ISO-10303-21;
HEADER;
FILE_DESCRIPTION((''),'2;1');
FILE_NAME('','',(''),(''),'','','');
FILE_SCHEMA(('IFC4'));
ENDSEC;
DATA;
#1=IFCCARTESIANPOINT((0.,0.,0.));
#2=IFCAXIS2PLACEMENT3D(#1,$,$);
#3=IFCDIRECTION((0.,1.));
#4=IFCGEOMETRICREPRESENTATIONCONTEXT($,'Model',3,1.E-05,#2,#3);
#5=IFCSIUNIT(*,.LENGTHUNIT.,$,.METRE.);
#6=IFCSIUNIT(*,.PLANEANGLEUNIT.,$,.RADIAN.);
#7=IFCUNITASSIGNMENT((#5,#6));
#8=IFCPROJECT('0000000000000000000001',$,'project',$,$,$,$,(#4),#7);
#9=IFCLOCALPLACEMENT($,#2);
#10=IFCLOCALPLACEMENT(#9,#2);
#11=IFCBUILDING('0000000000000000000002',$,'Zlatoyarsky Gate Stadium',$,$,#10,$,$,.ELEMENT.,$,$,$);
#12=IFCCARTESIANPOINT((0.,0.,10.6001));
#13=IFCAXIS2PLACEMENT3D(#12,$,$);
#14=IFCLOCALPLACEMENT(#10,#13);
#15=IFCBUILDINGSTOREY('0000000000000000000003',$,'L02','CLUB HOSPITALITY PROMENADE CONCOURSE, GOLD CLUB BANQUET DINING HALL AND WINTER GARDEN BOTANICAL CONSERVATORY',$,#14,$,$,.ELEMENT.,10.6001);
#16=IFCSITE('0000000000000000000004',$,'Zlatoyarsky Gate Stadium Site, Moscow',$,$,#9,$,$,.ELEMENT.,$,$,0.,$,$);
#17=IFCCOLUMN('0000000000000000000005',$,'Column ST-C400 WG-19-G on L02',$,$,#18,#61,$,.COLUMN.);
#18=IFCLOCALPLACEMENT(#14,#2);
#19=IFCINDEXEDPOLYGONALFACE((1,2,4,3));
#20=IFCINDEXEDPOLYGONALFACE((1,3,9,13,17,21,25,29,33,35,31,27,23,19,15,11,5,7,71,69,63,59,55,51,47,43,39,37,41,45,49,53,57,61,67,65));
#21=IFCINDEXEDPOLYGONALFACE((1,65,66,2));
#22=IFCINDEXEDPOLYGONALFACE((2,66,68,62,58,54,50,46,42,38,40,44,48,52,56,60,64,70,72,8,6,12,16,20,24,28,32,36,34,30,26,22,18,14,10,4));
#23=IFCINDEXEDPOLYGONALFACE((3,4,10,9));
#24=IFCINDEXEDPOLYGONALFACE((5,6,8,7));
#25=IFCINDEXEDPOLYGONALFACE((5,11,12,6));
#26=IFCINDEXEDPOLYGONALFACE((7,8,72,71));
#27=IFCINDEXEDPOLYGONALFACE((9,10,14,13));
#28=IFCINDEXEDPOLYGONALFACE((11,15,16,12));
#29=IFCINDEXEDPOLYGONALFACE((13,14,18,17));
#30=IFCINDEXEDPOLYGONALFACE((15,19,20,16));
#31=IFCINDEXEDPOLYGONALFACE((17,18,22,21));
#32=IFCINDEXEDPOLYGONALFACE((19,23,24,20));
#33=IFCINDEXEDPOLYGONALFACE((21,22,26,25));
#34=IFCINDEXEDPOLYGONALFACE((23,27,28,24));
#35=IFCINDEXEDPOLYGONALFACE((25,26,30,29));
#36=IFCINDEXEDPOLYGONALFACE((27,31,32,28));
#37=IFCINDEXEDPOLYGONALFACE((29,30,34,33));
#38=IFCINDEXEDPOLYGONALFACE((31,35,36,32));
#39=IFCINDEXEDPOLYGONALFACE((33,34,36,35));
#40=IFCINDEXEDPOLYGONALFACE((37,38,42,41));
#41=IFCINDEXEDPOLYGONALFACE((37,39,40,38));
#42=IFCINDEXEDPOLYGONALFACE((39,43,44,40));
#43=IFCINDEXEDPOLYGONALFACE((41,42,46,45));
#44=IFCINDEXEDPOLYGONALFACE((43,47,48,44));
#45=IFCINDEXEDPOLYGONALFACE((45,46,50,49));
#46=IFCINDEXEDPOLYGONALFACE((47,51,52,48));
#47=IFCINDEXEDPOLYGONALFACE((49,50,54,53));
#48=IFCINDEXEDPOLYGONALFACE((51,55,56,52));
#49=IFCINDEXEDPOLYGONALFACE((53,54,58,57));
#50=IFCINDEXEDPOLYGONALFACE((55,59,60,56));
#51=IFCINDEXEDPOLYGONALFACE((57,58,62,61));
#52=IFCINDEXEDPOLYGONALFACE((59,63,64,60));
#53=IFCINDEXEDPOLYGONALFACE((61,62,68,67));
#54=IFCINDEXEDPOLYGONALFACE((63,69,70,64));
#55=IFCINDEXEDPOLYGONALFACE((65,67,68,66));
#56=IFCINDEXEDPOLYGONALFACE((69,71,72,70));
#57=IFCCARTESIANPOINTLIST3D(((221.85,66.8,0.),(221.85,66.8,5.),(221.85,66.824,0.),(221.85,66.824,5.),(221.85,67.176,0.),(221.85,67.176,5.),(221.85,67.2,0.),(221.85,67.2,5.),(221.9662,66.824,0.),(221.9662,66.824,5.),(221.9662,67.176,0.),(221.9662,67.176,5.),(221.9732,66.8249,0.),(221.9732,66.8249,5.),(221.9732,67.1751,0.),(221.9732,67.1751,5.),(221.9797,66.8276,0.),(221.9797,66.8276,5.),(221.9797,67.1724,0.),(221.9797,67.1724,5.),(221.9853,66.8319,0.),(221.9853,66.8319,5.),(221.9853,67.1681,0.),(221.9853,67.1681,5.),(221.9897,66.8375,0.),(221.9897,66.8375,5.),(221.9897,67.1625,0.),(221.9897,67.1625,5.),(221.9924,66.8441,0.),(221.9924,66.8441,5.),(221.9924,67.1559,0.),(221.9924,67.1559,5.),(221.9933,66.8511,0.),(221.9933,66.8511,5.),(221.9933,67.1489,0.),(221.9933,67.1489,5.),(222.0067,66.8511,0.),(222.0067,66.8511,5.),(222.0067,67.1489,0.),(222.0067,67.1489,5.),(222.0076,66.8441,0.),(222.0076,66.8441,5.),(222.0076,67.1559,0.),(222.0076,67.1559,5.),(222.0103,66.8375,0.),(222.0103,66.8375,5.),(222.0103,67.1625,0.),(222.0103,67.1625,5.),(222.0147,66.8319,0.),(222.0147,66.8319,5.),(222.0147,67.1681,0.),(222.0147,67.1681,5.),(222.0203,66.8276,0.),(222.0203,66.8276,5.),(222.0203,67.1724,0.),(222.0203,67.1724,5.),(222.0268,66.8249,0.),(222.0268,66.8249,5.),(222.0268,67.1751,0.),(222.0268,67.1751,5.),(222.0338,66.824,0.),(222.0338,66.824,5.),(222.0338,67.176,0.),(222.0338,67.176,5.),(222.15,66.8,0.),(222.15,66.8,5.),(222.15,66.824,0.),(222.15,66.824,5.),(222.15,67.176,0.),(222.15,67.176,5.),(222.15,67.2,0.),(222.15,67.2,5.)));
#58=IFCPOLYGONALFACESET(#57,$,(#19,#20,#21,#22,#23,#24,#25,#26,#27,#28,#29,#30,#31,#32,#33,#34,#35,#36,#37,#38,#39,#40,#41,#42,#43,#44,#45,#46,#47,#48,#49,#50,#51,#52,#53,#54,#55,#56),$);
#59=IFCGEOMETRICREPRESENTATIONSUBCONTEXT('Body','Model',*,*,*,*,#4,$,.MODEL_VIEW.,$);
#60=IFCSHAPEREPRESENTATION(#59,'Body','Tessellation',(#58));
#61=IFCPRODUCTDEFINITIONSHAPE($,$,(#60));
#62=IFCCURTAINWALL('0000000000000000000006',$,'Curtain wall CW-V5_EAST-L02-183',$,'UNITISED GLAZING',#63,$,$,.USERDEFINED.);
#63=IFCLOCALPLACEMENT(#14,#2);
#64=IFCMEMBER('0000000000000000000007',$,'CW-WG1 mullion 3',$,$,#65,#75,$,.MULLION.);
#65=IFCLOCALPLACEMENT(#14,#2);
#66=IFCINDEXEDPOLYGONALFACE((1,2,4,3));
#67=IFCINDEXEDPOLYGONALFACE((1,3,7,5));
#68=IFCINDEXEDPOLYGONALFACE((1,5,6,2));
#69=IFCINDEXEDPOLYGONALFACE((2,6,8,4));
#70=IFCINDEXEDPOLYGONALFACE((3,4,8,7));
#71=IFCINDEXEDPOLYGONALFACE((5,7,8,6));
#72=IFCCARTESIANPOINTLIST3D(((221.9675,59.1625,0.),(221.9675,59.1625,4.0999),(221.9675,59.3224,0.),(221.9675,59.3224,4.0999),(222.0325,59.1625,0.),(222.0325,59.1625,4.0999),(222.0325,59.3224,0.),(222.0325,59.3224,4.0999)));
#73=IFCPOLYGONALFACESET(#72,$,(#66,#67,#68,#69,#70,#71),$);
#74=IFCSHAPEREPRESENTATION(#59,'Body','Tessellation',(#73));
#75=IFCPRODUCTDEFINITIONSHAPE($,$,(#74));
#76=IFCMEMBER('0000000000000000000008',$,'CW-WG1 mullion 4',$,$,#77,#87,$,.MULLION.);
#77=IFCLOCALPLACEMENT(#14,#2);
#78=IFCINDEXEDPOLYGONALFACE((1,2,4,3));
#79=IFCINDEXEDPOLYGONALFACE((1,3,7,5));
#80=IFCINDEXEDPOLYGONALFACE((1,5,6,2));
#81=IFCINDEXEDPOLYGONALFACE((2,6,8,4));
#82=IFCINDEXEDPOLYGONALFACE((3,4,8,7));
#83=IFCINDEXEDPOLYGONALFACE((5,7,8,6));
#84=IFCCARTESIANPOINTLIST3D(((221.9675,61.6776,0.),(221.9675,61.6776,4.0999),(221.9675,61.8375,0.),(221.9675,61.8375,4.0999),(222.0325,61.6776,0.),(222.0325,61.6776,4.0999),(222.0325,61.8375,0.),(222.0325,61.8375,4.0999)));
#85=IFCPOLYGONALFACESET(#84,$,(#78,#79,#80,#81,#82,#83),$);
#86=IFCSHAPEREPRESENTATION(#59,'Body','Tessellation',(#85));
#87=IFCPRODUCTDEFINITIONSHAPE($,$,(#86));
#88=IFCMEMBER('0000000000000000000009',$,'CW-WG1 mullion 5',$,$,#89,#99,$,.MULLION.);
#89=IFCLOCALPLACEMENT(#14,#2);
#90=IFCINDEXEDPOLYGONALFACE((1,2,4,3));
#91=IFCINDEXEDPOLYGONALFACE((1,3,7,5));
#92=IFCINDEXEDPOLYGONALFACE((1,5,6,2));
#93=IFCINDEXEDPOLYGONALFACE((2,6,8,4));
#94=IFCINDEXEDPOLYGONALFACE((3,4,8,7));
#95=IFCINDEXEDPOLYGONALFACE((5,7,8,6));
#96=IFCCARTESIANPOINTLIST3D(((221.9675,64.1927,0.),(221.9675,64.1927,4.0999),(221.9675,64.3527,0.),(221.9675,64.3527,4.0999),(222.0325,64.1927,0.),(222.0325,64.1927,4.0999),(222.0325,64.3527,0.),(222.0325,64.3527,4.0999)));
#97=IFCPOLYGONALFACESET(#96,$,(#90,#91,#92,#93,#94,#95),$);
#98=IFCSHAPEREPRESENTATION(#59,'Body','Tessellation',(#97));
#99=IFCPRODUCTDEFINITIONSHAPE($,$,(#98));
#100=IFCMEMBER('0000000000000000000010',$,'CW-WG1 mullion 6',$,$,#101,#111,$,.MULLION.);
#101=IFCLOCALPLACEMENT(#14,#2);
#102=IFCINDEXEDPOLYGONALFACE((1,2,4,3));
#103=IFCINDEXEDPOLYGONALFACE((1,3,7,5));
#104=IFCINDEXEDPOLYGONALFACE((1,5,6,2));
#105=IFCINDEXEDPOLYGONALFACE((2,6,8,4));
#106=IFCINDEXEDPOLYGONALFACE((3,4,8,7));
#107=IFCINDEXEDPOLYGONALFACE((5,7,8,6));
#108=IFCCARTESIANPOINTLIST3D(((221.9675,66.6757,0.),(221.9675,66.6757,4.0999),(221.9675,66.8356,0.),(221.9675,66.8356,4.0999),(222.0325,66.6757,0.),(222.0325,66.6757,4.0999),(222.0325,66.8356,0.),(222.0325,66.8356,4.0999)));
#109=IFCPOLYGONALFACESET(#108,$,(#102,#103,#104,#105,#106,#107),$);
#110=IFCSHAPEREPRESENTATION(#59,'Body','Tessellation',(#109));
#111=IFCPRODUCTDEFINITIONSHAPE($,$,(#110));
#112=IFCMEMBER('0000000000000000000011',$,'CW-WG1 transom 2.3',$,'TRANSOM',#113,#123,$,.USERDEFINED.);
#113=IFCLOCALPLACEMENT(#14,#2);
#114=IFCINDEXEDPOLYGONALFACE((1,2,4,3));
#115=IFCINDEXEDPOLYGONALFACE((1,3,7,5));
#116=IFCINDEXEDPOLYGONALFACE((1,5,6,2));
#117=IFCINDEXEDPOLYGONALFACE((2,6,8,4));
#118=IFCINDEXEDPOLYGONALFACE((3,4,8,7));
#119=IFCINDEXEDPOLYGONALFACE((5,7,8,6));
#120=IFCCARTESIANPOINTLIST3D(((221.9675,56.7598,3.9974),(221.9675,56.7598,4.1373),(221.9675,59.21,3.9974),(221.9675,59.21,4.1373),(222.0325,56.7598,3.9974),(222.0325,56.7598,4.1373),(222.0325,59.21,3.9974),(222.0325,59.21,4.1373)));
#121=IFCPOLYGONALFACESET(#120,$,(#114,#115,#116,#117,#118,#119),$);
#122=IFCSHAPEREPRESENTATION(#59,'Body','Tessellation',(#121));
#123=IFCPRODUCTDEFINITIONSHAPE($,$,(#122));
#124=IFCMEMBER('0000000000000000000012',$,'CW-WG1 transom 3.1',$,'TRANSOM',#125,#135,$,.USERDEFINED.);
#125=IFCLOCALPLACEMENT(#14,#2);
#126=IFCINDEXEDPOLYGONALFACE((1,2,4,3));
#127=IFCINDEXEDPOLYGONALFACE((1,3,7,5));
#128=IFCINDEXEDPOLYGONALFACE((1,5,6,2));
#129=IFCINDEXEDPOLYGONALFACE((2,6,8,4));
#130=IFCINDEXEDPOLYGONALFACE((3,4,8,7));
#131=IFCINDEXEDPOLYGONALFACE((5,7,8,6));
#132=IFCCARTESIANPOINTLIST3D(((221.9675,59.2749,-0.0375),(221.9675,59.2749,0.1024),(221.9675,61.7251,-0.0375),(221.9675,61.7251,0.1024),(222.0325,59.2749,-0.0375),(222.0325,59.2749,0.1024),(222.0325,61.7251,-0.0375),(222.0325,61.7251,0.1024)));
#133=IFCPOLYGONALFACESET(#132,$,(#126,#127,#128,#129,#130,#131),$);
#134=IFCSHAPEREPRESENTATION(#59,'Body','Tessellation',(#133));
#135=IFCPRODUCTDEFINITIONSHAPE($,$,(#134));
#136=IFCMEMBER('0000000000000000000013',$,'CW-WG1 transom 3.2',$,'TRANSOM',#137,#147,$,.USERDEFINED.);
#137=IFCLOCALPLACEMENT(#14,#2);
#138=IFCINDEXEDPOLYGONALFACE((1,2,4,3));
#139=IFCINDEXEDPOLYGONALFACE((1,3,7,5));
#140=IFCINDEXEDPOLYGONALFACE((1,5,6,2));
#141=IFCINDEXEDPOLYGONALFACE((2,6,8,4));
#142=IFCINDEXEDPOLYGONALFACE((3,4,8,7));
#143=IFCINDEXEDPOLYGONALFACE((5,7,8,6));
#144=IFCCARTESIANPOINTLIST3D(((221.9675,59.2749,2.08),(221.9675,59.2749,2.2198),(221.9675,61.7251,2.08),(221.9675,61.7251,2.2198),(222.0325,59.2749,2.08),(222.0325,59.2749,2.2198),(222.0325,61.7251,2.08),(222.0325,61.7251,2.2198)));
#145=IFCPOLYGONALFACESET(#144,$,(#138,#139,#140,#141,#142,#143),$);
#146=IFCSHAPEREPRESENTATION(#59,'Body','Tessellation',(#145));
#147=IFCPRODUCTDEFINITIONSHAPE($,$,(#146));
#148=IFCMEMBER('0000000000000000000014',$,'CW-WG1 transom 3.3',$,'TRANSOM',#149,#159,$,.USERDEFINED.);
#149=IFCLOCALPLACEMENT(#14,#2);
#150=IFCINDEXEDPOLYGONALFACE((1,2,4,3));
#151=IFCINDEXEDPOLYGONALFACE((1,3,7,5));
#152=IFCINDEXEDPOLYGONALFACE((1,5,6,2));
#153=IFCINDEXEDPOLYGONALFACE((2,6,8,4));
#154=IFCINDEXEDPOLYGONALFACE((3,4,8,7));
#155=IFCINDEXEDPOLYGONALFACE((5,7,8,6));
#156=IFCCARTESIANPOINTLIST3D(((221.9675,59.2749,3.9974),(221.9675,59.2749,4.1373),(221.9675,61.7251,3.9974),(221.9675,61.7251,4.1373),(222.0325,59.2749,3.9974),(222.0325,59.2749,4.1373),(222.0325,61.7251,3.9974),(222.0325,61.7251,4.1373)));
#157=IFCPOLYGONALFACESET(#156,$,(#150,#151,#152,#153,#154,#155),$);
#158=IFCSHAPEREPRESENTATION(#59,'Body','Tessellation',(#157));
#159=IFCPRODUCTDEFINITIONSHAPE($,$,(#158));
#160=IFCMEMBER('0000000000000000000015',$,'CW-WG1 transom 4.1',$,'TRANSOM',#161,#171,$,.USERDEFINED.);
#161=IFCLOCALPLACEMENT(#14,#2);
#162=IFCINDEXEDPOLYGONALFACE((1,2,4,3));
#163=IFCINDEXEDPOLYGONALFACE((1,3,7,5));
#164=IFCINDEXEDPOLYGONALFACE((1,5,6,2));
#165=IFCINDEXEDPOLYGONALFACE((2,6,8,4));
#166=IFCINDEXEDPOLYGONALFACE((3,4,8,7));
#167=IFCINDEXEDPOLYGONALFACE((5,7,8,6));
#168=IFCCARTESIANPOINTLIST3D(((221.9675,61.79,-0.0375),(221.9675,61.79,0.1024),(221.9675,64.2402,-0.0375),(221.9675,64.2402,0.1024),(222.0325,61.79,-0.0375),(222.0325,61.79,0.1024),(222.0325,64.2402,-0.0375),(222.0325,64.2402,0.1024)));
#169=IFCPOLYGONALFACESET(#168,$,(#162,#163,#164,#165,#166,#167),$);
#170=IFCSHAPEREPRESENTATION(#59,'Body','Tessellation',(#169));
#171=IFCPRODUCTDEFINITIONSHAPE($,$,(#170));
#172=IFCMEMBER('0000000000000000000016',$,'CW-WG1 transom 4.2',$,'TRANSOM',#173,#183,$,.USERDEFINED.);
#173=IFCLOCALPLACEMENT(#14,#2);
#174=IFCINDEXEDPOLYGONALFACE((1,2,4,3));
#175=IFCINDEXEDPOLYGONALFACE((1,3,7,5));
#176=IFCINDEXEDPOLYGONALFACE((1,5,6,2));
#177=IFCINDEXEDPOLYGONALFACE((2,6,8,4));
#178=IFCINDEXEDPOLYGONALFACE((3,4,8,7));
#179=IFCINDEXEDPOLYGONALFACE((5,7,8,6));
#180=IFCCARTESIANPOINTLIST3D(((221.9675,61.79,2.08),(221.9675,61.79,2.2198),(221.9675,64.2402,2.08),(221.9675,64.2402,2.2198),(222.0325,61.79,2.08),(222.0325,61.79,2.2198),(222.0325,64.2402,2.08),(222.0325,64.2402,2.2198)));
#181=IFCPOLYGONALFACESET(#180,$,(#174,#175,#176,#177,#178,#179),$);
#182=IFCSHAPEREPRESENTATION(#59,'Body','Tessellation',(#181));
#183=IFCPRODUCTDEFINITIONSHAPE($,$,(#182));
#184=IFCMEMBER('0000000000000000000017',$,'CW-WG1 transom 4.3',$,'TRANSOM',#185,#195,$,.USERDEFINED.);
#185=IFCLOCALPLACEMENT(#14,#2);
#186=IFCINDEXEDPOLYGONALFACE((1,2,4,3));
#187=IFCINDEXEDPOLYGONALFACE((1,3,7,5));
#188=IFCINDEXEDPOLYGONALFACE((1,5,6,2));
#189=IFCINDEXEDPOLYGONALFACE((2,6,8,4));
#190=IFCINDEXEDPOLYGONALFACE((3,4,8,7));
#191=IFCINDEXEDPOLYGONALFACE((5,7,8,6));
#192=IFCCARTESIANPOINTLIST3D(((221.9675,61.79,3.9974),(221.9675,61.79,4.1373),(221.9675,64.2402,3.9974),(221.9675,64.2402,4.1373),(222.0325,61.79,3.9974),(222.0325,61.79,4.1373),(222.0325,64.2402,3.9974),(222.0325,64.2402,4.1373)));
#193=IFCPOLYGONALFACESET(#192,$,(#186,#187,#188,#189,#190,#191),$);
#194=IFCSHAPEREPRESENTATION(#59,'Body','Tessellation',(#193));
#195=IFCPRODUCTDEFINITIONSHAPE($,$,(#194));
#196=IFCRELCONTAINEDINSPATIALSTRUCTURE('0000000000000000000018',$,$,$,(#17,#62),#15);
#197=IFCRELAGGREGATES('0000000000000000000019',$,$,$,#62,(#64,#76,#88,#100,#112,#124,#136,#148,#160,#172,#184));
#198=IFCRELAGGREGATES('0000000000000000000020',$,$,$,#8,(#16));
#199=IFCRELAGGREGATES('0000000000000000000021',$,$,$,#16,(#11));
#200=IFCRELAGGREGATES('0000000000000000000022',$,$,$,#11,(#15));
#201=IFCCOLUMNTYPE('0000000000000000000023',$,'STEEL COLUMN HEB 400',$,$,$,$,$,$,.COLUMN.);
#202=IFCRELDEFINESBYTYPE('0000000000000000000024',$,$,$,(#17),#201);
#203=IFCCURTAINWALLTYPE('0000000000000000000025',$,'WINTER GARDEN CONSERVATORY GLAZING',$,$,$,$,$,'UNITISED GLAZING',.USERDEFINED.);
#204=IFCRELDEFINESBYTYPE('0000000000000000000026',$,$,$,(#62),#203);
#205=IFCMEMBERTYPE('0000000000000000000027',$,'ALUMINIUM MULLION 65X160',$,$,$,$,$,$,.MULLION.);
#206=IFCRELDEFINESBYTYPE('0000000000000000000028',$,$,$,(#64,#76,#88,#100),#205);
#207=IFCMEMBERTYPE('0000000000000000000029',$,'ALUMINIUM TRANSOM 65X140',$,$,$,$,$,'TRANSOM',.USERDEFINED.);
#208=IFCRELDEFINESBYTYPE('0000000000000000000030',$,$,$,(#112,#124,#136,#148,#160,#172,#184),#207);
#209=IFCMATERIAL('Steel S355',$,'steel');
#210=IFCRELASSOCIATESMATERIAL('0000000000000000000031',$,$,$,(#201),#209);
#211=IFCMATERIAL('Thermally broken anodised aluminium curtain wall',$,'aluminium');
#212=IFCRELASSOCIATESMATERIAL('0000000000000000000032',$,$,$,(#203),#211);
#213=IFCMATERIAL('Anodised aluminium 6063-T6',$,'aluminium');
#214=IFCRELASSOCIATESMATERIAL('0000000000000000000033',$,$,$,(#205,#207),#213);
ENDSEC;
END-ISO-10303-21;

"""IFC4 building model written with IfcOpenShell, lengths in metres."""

from ifc_helpers import new_model, si_unit, direction, frame, origin, origin_2d, place, context, subcontext, project, spatial, rectangle, i_section, extrude, material, material_profile, profile_set, type_object, element, aggregate, save


model = new_model("IFC4")

# Units and contexts
model_context = context("Model", 3, precision=1e-05, world=origin(), true_north=direction((0.0, 1.0)))
body_context = subcontext(model_context, "Body", "Model", "MODEL_VIEW")
ifc_project = project(units=[si_unit("LENGTHUNIT", "METRE"), si_unit("PLANEANGLEUNIT", "RADIAN")], contexts=[model_context])

# Site, building, storey
site_placement = place(None, origin())
site = spatial("IfcSite", under=ifc_project, at=site_placement, Name="Zlatoyarsky Gate Stadium Site, Moscow", CompositionType="ELEMENT", RefElevation=0.0)
building_placement = place(site_placement, origin())
building = spatial("IfcBuilding", under=site, at=building_placement, Name="Zlatoyarsky Gate Stadium", CompositionType="ELEMENT")
storey_placement = place(building_placement, frame((0.0, 0.0, 10.6001)))
storey = spatial("IfcBuildingStorey", under=building, at=storey_placement, Name="L02", Description="CLUB HOSPITALITY PROMENADE CONCOURSE, GOLD CLUB BANQUET DINING HALL AND WINTER GARDEN BOTANICAL CONSERVATORY", CompositionType="ELEMENT", Elevation=10.6001)

# Column
ifc_material_1 = material(Name="Steel S355", Category="steel")
ifc_material_profile_1 = material_profile(ifc_material_1, i_section(OverallWidth=0.3, OverallDepth=0.3999, WebThickness=0.0134, FlangeThickness=0.0239, FilletRadius=0.0271, at=origin_2d()), Name="HEB 400")
ifc_profile_set_1 = profile_set([ifc_material_profile_1], Name="Steel S355")
column_type = type_object("IfcColumnType", Name="STEEL COLUMN HEB 400", PredefinedType="COLUMN", material=ifc_profile_set_1)
column_placement = place(storey_placement, frame((222.0, 67.0, 0.0), z_axis=(0.0, 0.0, 1.0), x_axis=(1.0, 0.0, 0.0)))
element("IfcColumn", 1, at=column_placement, inside=storey, type_object=column_type, Name="Column ST-C400 WG-19-G on L02", PredefinedType="COLUMN", context=body_context, shape_type="SweptSolid", body=[
    extrude(i_section(OverallWidth=0.3, OverallDepth=0.3999, WebThickness=0.0134, FlangeThickness=0.0239, FilletRadius=0.0271, at=origin_2d()), origin(), (0.0, 0.0, 1.0), 5.0),
])

# Curtain wall, members
ifc_material_2 = material(Name="Thermally broken anodised aluminium curtain wall", Category="aluminium")
curtain_wall_type = type_object("IfcCurtainWallType", Name="WINTER GARDEN CONSERVATORY GLAZING", ElementType="UNITISED GLAZING", PredefinedType="USERDEFINED", material=ifc_material_2)
curtain_wall_placement = place(storey_placement, origin())
curtain_wall = element("IfcCurtainWall", 2, at=curtain_wall_placement, inside=storey, type_object=curtain_wall_type, Name="Curtain wall CW-V5_EAST-L02-183", ObjectType="UNITISED GLAZING", PredefinedType="USERDEFINED")
ifc_material_3 = material(Name="Anodised aluminium 6063-T6", Category="aluminium")
ifc_material_profile_2 = material_profile(ifc_material_3, rectangle(XDim=0.0649, YDim=0.1599, at=origin_2d()), Name="ALU 65X160")
ifc_profile_set_2 = profile_set([ifc_material_profile_2], Name="Anodised aluminium 6063-T6")
member_type_1 = type_object("IfcMemberType", Name="ALUMINIUM MULLION 65X160", PredefinedType="MULLION", material=ifc_profile_set_2)
member_1_placement = place(storey_placement, frame((222.0, 59.2424, 0.0), z_axis=(0.0, 0.0, 1.0), x_axis=(-1.0, 0.0, 0.0)))
member_1 = element("IfcMember", 3, at=member_1_placement, type_object=member_type_1, Name="CW-WG1 mullion 3", PredefinedType="MULLION", context=body_context, shape_type="SweptSolid", body=[
    extrude(rectangle(XDim=0.0649, YDim=0.1599, at=origin_2d()), origin(), (0.0, 0.0, 1.0), 4.0999),
])
member_2_placement = place(storey_placement, frame((222.0, 61.7576, 0.0), z_axis=(0.0, 0.0, 1.0), x_axis=(-1.0, 0.0, 0.0)))
member_2 = element("IfcMember", 4, at=member_2_placement, type_object=member_type_1, Name="CW-WG1 mullion 4", PredefinedType="MULLION", context=body_context, shape_type="SweptSolid", body=[
    extrude(rectangle(XDim=0.0649, YDim=0.1599, at=origin_2d()), origin(), (0.0, 0.0, 1.0), 4.0999),
])
member_3_placement = place(storey_placement, frame((222.0, 64.2727, 0.0), z_axis=(0.0, 0.0, 1.0), x_axis=(-1.0, 0.0, 0.0)))
member_3 = element("IfcMember", 5, at=member_3_placement, type_object=member_type_1, Name="CW-WG1 mullion 5", PredefinedType="MULLION", context=body_context, shape_type="SweptSolid", body=[
    extrude(rectangle(XDim=0.0649, YDim=0.1599, at=origin_2d()), origin(), (0.0, 0.0, 1.0), 4.0999),
])
member_4_placement = place(storey_placement, frame((222.0, 66.7556, 0.0), z_axis=(0.0, 0.0, 1.0), x_axis=(-1.0, 0.0, 0.0)))
member_4 = element("IfcMember", 6, at=member_4_placement, type_object=member_type_1, Name="CW-WG1 mullion 6", PredefinedType="MULLION", context=body_context, shape_type="SweptSolid", body=[
    extrude(rectangle(XDim=0.0649, YDim=0.1599, at=origin_2d()), origin(), (0.0, 0.0, 1.0), 4.0999),
])
ifc_material_profile_3 = material_profile(ifc_material_3, rectangle(XDim=0.0649, YDim=0.1399, at=origin_2d()), Name="ALU 65X140")
ifc_profile_set_3 = profile_set([ifc_material_profile_3], Name="Anodised aluminium 6063-T6")
member_type_2 = type_object("IfcMemberType", Name="ALUMINIUM TRANSOM 65X140", ElementType="TRANSOM", PredefinedType="USERDEFINED", material=ifc_profile_set_3)
member_5_placement = place(storey_placement, frame((222.0, 56.7598, 4.0674), z_axis=(0.0, 1.0, 0.0), x_axis=(-1.0, 0.0, 0.0)))
member_5 = element("IfcMember", 7, at=member_5_placement, type_object=member_type_2, Name="CW-WG1 transom 2.3", ObjectType="TRANSOM", PredefinedType="USERDEFINED", context=body_context, shape_type="SweptSolid", body=[
    extrude(rectangle(XDim=0.0649, YDim=0.1399, at=origin_2d()), origin(), (0.0, 0.0, 1.0), 2.4502),
])
member_6_placement = place(storey_placement, frame((222.0, 59.2749, 0.0325), z_axis=(0.0, 1.0, 0.0), x_axis=(-1.0, 0.0, 0.0)))
member_6 = element("IfcMember", 8, at=member_6_placement, type_object=member_type_2, Name="CW-WG1 transom 3.1", ObjectType="TRANSOM", PredefinedType="USERDEFINED", context=body_context, shape_type="SweptSolid", body=[
    extrude(rectangle(XDim=0.0649, YDim=0.1399, at=origin_2d()), origin(), (0.0, 0.0, 1.0), 2.4502),
])
member_7_placement = place(storey_placement, frame((222.0, 59.2749, 2.1499), z_axis=(0.0, 1.0, 0.0), x_axis=(-1.0, 0.0, 0.0)))
member_7 = element("IfcMember", 9, at=member_7_placement, type_object=member_type_2, Name="CW-WG1 transom 3.2", ObjectType="TRANSOM", PredefinedType="USERDEFINED", context=body_context, shape_type="SweptSolid", body=[
    extrude(rectangle(XDim=0.0649, YDim=0.1399, at=origin_2d()), origin(), (0.0, 0.0, 1.0), 2.4502),
])
member_8_placement = place(storey_placement, frame((222.0, 59.2749, 4.0674), z_axis=(0.0, 1.0, 0.0), x_axis=(-1.0, 0.0, 0.0)))
member_8 = element("IfcMember", 10, at=member_8_placement, type_object=member_type_2, Name="CW-WG1 transom 3.3", ObjectType="TRANSOM", PredefinedType="USERDEFINED", context=body_context, shape_type="SweptSolid", body=[
    extrude(rectangle(XDim=0.0649, YDim=0.1399, at=origin_2d()), origin(), (0.0, 0.0, 1.0), 2.4502),
])
member_9_placement = place(storey_placement, frame((222.0, 61.79, 0.0325), z_axis=(0.0, 1.0, 0.0), x_axis=(-1.0, 0.0, 0.0)))
member_9 = element("IfcMember", 11, at=member_9_placement, type_object=member_type_2, Name="CW-WG1 transom 4.1", ObjectType="TRANSOM", PredefinedType="USERDEFINED", context=body_context, shape_type="SweptSolid", body=[
    extrude(rectangle(XDim=0.0649, YDim=0.1399, at=origin_2d()), origin(), (0.0, 0.0, 1.0), 2.4502),
])
member_10_placement = place(storey_placement, frame((222.0, 61.79, 2.1499), z_axis=(0.0, 1.0, 0.0), x_axis=(-1.0, 0.0, 0.0)))
member_10 = element("IfcMember", 12, at=member_10_placement, type_object=member_type_2, Name="CW-WG1 transom 4.2", ObjectType="TRANSOM", PredefinedType="USERDEFINED", context=body_context, shape_type="SweptSolid", body=[
    extrude(rectangle(XDim=0.0649, YDim=0.1399, at=origin_2d()), origin(), (0.0, 0.0, 1.0), 2.4502),
])
member_11_placement = place(storey_placement, frame((222.0, 61.79, 4.0674), z_axis=(0.0, 1.0, 0.0), x_axis=(-1.0, 0.0, 0.0)))
member_11 = element("IfcMember", 13, at=member_11_placement, type_object=member_type_2, Name="CW-WG1 transom 4.3", ObjectType="TRANSOM", PredefinedType="USERDEFINED", context=body_context, shape_type="SweptSolid", body=[
    extrude(rectangle(XDim=0.0649, YDim=0.1399, at=origin_2d()), origin(), (0.0, 0.0, 1.0), 2.4502),
])

aggregate(curtain_wall, [member_1, member_2, member_3, member_4, member_5, member_6, member_7, member_8, member_9, member_10, member_11])

save(model, "model.ifc")
